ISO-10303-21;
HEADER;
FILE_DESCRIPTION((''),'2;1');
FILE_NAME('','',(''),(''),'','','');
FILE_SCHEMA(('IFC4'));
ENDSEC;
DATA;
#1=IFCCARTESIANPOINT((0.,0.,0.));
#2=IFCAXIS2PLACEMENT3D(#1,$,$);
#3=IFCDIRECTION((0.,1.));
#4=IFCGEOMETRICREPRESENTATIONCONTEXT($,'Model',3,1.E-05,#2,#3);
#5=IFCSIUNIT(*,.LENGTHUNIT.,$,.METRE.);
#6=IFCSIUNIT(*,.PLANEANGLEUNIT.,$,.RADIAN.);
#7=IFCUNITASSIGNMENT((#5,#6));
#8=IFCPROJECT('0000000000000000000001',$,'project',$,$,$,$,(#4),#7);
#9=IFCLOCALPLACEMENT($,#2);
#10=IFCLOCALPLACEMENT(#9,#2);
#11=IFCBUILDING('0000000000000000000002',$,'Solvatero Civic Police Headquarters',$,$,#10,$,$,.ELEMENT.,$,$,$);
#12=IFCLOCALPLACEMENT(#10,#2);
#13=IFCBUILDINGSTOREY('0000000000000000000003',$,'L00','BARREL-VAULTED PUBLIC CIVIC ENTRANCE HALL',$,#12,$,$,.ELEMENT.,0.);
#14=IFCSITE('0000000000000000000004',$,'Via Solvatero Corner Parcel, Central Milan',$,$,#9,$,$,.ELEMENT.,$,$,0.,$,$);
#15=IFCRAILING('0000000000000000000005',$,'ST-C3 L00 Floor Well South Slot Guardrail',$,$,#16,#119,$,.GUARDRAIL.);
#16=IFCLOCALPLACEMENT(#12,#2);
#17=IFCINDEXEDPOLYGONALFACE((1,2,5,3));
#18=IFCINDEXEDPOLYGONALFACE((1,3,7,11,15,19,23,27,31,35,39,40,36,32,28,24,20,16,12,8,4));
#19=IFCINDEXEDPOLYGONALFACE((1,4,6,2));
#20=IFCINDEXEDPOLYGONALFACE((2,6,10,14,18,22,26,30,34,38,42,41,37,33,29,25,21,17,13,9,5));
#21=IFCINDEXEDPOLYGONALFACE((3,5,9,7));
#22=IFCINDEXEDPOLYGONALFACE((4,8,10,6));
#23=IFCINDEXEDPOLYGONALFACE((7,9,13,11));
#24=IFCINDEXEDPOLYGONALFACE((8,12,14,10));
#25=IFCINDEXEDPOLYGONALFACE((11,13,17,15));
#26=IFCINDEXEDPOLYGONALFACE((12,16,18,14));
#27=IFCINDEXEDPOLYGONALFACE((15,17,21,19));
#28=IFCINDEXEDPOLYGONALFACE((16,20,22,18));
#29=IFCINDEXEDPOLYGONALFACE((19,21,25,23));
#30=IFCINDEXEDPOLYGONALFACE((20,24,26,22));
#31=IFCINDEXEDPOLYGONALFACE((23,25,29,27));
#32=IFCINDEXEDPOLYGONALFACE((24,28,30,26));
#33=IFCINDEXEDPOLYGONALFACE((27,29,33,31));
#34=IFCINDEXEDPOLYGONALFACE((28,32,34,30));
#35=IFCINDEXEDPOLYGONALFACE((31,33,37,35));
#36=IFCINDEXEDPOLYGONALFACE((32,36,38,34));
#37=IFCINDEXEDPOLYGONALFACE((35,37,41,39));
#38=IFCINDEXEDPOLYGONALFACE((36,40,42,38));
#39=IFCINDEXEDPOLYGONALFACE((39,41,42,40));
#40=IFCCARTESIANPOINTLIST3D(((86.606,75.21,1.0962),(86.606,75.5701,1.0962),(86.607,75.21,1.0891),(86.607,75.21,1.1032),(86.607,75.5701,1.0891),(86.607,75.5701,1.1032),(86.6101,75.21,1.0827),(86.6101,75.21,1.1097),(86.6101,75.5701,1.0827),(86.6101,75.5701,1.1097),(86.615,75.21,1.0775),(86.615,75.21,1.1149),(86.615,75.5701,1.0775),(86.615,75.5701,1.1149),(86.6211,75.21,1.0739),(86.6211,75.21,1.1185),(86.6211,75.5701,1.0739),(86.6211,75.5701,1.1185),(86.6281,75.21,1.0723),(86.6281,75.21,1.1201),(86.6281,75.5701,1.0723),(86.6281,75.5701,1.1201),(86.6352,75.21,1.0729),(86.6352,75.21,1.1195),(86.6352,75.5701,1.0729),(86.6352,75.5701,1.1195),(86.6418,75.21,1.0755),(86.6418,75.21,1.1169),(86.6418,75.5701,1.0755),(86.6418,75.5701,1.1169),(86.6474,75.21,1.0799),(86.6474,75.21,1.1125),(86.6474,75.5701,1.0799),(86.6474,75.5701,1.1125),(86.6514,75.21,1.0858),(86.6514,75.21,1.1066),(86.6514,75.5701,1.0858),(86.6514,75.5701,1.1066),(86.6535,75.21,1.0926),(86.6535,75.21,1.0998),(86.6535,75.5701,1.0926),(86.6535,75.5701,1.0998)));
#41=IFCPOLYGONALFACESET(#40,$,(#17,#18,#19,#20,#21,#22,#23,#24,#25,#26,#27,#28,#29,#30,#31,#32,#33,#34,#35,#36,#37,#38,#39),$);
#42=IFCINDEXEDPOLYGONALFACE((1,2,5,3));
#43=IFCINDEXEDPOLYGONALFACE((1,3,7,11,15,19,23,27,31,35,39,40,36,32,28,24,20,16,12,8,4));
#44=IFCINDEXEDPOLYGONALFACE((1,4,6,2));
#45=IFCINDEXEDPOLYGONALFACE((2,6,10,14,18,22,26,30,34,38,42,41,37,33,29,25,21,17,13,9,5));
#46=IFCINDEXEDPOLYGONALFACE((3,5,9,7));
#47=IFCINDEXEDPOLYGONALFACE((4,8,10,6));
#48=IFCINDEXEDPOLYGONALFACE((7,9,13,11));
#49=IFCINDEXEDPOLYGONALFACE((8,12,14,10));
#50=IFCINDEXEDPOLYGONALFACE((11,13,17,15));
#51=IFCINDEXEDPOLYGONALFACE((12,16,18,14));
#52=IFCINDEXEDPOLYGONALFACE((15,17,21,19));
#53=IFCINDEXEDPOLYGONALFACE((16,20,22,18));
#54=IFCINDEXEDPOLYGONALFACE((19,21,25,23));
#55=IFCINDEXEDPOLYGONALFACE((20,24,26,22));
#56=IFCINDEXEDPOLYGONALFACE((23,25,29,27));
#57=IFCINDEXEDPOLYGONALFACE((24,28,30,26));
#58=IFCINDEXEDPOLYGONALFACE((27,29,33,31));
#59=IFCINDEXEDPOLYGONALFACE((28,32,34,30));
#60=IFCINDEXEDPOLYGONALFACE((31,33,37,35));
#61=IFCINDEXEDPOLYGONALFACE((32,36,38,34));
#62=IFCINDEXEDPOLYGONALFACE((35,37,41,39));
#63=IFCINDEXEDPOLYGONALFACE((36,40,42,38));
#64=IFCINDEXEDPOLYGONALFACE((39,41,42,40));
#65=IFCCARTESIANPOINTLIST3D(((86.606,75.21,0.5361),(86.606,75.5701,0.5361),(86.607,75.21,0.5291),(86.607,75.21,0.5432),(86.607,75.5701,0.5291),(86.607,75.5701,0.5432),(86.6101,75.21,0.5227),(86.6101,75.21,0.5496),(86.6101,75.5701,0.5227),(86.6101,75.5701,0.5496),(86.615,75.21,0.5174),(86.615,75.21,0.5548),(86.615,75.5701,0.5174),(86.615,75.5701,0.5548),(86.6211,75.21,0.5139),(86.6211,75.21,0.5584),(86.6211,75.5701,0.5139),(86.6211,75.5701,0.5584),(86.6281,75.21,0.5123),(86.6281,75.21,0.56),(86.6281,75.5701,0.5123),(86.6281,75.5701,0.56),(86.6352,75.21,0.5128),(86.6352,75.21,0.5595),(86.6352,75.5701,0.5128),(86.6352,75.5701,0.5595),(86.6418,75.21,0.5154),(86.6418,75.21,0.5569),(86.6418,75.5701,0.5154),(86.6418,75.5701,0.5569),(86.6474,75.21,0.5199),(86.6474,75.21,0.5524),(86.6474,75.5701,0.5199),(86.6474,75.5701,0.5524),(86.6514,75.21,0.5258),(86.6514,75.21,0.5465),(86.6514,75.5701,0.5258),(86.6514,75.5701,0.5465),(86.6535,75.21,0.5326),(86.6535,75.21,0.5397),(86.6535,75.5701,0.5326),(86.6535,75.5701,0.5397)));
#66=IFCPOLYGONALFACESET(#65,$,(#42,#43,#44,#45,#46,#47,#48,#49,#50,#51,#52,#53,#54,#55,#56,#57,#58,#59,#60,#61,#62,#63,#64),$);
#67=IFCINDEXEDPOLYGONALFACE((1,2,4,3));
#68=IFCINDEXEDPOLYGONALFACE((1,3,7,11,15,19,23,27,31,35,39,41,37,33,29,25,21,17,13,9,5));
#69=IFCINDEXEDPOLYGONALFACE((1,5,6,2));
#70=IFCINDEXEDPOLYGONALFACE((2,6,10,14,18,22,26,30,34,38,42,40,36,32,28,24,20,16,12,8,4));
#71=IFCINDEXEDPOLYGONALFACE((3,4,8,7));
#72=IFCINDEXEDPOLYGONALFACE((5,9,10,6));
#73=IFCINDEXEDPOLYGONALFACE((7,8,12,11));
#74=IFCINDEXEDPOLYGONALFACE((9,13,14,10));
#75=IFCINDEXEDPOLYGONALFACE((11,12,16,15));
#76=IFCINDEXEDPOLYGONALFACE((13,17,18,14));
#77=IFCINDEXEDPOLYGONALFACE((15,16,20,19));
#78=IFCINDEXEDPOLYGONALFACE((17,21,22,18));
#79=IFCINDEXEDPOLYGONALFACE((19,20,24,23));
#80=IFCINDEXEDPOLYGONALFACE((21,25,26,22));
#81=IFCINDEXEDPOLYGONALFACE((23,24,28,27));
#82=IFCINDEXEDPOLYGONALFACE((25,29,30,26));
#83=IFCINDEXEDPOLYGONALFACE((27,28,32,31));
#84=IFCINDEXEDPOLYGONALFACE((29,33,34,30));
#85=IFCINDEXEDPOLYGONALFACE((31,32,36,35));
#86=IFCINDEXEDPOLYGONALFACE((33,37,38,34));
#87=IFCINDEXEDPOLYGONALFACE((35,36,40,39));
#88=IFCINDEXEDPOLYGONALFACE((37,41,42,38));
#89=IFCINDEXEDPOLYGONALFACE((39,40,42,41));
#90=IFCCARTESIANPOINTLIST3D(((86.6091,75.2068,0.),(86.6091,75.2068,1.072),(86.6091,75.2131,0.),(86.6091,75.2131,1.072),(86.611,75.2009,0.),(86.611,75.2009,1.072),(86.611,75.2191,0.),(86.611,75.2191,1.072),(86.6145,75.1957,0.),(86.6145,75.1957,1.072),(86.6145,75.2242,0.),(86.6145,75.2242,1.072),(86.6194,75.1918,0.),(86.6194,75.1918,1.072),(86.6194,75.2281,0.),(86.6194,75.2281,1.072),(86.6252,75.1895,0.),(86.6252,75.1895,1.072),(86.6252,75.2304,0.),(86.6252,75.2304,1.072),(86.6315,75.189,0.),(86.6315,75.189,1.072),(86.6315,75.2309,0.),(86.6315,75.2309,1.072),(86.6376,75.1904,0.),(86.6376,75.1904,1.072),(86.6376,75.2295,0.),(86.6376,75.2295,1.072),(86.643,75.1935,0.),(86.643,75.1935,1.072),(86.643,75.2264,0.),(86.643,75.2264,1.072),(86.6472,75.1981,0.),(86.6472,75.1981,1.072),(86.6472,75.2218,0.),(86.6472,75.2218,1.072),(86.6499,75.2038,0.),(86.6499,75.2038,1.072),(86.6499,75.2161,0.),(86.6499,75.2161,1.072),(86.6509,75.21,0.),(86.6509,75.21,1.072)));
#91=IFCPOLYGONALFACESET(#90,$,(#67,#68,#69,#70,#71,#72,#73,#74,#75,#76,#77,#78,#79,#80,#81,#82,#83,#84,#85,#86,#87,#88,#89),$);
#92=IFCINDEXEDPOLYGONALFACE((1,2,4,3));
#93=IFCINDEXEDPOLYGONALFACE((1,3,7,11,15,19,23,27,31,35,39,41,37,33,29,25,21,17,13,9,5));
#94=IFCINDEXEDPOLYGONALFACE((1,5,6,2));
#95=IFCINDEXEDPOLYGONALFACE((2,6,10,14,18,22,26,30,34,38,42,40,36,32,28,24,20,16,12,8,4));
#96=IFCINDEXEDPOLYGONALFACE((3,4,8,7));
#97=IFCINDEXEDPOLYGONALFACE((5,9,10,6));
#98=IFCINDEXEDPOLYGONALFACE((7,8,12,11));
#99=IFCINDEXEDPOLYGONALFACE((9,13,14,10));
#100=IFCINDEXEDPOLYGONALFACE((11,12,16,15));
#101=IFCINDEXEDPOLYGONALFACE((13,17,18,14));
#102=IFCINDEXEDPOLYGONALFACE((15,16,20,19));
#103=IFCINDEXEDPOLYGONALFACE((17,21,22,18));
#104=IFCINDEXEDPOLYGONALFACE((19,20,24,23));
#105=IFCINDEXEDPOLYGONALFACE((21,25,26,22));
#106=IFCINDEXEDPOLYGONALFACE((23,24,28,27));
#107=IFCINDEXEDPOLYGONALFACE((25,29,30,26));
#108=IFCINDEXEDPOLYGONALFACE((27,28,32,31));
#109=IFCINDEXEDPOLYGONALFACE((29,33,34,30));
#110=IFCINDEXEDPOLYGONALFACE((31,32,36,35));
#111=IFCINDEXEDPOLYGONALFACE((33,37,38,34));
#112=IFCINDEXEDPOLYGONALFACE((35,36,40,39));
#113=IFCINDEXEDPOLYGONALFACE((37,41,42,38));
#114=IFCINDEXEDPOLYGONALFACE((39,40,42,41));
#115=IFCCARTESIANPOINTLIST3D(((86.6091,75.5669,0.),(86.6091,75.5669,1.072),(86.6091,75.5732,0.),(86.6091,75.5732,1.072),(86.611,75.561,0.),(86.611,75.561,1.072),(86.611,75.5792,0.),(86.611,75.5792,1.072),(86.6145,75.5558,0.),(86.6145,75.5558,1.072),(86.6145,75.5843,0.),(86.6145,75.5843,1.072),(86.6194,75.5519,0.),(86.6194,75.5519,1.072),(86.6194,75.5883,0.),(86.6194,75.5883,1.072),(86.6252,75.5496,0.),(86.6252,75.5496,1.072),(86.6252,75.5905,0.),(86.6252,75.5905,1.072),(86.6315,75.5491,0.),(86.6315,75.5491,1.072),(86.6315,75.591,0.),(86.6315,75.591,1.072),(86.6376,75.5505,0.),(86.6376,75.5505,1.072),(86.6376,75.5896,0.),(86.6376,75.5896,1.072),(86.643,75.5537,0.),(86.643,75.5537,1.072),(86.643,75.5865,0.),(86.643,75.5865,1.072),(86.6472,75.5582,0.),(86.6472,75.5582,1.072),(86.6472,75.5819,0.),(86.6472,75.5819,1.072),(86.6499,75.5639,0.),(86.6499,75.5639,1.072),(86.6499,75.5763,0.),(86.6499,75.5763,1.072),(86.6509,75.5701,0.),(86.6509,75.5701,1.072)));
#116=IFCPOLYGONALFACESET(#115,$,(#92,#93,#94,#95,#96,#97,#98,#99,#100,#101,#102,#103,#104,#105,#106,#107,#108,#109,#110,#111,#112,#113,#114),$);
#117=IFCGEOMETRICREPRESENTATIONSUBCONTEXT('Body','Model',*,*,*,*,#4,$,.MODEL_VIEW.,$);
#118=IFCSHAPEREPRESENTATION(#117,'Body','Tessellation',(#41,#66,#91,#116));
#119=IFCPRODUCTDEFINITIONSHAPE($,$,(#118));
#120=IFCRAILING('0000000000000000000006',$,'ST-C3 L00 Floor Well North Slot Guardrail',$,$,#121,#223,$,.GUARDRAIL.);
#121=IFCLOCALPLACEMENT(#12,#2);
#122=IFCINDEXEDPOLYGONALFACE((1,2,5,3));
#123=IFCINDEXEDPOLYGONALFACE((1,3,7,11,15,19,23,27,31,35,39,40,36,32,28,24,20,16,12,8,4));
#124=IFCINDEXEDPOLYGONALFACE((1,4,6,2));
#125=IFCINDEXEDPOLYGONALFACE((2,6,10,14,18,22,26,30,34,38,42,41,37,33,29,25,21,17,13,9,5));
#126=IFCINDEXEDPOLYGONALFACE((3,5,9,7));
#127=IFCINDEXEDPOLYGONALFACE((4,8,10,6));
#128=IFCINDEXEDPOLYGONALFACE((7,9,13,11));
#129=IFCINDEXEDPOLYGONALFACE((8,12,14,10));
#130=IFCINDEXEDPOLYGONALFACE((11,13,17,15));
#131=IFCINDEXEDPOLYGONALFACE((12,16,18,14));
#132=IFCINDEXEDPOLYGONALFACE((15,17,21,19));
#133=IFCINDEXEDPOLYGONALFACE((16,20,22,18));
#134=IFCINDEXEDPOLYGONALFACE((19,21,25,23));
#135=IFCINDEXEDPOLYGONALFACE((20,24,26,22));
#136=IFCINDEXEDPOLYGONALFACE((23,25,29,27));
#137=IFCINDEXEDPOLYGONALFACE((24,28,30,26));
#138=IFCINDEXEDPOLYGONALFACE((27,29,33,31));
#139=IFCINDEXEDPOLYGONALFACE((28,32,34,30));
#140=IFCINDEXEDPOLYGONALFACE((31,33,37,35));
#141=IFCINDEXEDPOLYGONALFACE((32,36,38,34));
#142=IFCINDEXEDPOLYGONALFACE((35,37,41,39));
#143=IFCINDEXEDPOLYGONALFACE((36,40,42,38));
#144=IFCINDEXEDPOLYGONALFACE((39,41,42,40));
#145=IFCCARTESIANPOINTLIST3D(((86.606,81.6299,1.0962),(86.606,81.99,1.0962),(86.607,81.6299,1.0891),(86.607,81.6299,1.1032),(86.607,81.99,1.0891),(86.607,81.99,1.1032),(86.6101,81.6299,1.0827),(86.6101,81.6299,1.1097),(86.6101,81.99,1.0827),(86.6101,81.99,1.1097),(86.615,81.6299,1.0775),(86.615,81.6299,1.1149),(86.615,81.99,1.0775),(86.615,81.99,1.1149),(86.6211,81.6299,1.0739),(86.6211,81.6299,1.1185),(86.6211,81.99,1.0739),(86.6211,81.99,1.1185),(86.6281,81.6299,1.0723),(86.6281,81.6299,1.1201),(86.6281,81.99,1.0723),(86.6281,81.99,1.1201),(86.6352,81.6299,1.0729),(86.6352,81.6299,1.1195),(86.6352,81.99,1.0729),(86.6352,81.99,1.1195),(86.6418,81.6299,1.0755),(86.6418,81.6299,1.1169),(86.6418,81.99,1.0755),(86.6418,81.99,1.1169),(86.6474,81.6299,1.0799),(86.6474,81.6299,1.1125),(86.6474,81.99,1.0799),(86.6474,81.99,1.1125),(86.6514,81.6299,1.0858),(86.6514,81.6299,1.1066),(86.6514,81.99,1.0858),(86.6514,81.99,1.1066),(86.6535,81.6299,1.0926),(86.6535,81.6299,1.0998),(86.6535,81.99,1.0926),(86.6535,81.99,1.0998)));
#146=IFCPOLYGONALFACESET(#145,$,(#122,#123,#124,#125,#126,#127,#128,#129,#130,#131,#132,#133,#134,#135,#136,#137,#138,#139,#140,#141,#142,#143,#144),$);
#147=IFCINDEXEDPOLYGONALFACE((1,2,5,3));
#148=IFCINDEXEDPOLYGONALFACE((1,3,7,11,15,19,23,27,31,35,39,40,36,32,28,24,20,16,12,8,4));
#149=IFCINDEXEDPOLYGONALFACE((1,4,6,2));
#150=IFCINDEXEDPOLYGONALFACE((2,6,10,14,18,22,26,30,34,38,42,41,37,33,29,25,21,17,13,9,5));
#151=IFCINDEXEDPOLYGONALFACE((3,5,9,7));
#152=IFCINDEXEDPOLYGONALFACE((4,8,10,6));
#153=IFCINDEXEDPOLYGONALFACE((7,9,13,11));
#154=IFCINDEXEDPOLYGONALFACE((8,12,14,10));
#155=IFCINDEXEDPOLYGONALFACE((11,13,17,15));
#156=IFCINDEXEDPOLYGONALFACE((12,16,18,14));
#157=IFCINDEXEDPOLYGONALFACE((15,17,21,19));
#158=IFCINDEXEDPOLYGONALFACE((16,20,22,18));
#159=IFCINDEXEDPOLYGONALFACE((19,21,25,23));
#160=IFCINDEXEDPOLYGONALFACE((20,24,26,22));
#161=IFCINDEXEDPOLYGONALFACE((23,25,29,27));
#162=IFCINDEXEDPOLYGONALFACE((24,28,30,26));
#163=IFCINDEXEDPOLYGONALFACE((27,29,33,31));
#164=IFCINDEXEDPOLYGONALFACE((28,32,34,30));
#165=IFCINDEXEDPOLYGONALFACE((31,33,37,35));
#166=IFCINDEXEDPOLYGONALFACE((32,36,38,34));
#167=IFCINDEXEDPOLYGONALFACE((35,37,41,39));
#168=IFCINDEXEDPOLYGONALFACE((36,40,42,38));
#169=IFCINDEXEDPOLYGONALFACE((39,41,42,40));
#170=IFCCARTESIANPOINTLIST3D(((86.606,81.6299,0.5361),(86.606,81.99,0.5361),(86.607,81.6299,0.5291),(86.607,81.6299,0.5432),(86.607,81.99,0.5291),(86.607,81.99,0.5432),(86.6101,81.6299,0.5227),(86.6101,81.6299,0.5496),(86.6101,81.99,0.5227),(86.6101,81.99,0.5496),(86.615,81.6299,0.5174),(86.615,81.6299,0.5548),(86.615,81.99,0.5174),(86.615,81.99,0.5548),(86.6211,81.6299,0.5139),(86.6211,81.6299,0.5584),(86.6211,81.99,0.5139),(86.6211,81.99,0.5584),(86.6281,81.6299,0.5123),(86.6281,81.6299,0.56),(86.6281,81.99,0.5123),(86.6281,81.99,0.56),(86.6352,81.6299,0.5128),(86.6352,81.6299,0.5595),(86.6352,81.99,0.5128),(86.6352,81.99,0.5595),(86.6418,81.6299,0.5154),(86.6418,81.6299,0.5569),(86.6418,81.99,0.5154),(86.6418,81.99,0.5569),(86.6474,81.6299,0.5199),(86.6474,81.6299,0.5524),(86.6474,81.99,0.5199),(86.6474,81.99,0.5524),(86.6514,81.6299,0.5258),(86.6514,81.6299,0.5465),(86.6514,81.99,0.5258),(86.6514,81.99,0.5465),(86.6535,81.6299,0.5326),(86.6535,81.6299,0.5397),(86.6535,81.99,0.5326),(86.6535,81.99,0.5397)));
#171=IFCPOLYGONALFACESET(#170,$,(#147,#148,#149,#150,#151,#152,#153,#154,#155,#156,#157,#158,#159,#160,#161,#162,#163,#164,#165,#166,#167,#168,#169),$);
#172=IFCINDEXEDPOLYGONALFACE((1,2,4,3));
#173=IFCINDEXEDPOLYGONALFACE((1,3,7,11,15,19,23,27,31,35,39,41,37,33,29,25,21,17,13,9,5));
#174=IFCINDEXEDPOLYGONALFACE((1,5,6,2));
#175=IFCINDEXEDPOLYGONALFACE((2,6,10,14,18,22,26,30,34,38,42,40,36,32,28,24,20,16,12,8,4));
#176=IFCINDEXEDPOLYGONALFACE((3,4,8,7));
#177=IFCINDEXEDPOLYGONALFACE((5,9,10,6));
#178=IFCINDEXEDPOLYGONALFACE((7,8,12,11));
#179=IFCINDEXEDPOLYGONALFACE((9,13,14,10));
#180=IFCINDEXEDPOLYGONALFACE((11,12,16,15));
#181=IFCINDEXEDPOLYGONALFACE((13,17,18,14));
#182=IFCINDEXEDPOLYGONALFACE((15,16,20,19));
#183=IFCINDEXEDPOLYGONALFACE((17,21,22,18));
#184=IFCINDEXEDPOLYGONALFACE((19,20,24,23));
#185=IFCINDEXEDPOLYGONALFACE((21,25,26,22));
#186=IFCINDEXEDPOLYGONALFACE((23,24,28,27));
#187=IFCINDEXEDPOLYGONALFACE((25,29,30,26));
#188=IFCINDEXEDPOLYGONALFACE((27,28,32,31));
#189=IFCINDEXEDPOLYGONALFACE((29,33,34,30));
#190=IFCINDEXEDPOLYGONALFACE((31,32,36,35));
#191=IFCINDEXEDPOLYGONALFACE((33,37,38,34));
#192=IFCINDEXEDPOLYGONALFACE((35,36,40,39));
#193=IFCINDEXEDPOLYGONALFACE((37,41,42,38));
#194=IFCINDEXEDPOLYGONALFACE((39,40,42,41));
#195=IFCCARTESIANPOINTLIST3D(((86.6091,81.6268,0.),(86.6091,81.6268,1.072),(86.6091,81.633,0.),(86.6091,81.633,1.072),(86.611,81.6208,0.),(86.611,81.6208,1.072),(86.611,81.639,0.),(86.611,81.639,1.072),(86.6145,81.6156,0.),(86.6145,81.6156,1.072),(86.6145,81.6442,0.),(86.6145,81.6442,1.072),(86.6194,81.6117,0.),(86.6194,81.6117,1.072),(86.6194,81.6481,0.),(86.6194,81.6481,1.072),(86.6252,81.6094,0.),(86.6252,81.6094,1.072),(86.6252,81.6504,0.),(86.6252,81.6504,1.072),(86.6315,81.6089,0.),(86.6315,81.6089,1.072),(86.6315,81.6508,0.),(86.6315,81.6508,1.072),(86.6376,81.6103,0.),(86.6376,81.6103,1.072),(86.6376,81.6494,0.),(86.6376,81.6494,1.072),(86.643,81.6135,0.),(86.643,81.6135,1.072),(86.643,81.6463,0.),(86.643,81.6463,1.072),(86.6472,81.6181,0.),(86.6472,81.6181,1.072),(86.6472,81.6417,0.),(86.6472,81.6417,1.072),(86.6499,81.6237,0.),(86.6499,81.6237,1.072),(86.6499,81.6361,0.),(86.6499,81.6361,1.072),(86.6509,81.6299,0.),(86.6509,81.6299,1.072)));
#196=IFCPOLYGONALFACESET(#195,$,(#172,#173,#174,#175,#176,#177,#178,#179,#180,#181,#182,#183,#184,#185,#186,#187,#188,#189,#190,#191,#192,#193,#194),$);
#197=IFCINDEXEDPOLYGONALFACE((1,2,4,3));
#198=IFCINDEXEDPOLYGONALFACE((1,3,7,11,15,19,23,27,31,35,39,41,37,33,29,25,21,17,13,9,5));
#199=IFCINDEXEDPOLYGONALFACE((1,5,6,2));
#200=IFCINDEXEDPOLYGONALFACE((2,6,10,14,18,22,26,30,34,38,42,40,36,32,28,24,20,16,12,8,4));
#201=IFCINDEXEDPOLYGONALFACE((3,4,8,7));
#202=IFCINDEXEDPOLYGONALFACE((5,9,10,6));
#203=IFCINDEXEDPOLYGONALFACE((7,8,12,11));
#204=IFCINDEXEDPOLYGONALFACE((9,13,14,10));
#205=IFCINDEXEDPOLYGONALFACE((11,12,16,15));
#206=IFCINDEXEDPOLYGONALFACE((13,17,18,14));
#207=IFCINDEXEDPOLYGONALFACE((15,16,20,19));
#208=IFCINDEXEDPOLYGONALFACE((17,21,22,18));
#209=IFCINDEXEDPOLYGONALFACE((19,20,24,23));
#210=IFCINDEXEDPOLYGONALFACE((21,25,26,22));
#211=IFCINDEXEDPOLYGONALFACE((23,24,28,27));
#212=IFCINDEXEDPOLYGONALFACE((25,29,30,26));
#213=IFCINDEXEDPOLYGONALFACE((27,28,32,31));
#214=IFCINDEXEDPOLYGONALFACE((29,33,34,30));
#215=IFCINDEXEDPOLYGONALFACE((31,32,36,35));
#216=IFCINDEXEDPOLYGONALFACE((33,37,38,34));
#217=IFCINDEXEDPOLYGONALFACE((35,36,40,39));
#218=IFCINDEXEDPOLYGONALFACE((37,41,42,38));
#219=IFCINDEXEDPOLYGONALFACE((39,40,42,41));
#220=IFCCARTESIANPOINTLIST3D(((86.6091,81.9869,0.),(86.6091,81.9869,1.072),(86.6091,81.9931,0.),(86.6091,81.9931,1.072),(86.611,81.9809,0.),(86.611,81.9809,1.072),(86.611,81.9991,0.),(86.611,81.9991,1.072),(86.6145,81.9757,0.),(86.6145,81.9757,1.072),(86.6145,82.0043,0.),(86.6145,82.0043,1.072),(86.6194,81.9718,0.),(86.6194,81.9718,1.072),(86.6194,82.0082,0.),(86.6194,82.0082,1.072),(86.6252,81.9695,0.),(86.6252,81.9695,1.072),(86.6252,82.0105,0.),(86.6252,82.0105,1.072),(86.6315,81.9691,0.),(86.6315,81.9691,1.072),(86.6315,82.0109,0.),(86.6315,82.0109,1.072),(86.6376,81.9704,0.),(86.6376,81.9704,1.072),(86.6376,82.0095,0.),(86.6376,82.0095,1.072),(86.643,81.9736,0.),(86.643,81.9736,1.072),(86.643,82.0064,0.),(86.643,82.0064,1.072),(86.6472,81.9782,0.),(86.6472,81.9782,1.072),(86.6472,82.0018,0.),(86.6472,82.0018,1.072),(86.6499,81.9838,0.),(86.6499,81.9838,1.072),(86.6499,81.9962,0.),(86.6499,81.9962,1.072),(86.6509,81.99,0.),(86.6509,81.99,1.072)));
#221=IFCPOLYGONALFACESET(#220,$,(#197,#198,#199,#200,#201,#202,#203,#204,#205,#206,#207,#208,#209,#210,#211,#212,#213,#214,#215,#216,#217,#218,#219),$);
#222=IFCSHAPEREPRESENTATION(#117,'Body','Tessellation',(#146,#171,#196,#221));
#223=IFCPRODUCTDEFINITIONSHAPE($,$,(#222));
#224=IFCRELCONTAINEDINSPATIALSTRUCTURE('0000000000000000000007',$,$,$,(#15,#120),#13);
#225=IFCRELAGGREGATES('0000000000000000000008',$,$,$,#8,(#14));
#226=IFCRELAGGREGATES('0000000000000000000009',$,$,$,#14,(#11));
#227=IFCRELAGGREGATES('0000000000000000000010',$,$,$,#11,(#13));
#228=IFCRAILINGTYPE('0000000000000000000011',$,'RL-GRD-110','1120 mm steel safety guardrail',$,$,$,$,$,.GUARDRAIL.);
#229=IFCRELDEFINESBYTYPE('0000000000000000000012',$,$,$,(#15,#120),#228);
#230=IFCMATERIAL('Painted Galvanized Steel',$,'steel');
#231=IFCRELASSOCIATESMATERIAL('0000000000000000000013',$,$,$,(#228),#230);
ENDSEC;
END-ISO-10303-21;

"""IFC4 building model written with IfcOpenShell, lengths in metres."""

from ifc_helpers import new_model, si_unit, direction, frame, origin, origin_2d, place, context, subcontext, project, spatial, circle, extrude, material, type_object, element, save


model = new_model("IFC4")

# Units and contexts
model_context = context("Model", 3, precision=1e-05, world=origin(), true_north=direction((0.0, 1.0)))
body_context = subcontext(model_context, "Body", "Model", "MODEL_VIEW")
ifc_project = project(units=[si_unit("LENGTHUNIT", "METRE"), si_unit("PLANEANGLEUNIT", "RADIAN")], contexts=[model_context])

# Site, building, storey
site_placement = place(None, origin())
site = spatial("IfcSite", under=ifc_project, at=site_placement, Name="Via Solvatero Corner Parcel, Central Milan", CompositionType="ELEMENT", RefElevation=0.0)
building_placement = place(site_placement, origin())
building = spatial("IfcBuilding", under=site, at=building_placement, Name="Solvatero Civic Police Headquarters", CompositionType="ELEMENT")
storey_placement = place(building_placement, origin())
storey = spatial("IfcBuildingStorey", under=building, at=storey_placement, Name="L00", Description="BARREL-VAULTED PUBLIC CIVIC ENTRANCE HALL", CompositionType="ELEMENT", Elevation=0.0)

# Railings
ifc_material_1 = material(Name="Painted Galvanized Steel", Category="steel")
railing_type_1 = type_object("IfcRailingType", Name="RL-GRD-110", Description="1120 mm steel safety guardrail", PredefinedType="GUARDRAIL", material=ifc_material_1)
for number, where, name in (
    (1, (86.6299, 75.21, 0.0), "ST-C3 L00 Floor Well South Slot Guardrail"),
    (2, (86.6299, 81.6299, 0.0), "ST-C3 L00 Floor Well North Slot Guardrail"),
):
    element("IfcRailing", number, at=place(storey_placement, frame(where)), inside=storey, type_object=railing_type_1, Name=name, PredefinedType="GUARDRAIL", context=body_context, shape_type="SweptSolid", body=[
        extrude(circle(Radius=0.0239, at=origin_2d()), frame((0.0, 0.0, 1.0962), z_axis=(0.0, 1.0, 0.0), x_axis=(-1.0, 0.0, 0.0)), (0.0, 0.0, 1.0), 0.3601),
        extrude(circle(Radius=0.0239, at=origin_2d()), frame((0.0, 0.0, 0.5361), z_axis=(0.0, 1.0, 0.0), x_axis=(-1.0, 0.0, 0.0)), (0.0, 0.0, 1.0), 0.3601),
        extrude(circle(Radius=0.021, at=origin_2d()), origin(), (0.0, 0.0, 1.0), 1.072),
        extrude(circle(Radius=0.021, at=origin_2d()), frame((0.0, 0.3601, 0.0)), (0.0, 0.0, 1.0), 1.072),
    ])

save(model, "model.ifc")
